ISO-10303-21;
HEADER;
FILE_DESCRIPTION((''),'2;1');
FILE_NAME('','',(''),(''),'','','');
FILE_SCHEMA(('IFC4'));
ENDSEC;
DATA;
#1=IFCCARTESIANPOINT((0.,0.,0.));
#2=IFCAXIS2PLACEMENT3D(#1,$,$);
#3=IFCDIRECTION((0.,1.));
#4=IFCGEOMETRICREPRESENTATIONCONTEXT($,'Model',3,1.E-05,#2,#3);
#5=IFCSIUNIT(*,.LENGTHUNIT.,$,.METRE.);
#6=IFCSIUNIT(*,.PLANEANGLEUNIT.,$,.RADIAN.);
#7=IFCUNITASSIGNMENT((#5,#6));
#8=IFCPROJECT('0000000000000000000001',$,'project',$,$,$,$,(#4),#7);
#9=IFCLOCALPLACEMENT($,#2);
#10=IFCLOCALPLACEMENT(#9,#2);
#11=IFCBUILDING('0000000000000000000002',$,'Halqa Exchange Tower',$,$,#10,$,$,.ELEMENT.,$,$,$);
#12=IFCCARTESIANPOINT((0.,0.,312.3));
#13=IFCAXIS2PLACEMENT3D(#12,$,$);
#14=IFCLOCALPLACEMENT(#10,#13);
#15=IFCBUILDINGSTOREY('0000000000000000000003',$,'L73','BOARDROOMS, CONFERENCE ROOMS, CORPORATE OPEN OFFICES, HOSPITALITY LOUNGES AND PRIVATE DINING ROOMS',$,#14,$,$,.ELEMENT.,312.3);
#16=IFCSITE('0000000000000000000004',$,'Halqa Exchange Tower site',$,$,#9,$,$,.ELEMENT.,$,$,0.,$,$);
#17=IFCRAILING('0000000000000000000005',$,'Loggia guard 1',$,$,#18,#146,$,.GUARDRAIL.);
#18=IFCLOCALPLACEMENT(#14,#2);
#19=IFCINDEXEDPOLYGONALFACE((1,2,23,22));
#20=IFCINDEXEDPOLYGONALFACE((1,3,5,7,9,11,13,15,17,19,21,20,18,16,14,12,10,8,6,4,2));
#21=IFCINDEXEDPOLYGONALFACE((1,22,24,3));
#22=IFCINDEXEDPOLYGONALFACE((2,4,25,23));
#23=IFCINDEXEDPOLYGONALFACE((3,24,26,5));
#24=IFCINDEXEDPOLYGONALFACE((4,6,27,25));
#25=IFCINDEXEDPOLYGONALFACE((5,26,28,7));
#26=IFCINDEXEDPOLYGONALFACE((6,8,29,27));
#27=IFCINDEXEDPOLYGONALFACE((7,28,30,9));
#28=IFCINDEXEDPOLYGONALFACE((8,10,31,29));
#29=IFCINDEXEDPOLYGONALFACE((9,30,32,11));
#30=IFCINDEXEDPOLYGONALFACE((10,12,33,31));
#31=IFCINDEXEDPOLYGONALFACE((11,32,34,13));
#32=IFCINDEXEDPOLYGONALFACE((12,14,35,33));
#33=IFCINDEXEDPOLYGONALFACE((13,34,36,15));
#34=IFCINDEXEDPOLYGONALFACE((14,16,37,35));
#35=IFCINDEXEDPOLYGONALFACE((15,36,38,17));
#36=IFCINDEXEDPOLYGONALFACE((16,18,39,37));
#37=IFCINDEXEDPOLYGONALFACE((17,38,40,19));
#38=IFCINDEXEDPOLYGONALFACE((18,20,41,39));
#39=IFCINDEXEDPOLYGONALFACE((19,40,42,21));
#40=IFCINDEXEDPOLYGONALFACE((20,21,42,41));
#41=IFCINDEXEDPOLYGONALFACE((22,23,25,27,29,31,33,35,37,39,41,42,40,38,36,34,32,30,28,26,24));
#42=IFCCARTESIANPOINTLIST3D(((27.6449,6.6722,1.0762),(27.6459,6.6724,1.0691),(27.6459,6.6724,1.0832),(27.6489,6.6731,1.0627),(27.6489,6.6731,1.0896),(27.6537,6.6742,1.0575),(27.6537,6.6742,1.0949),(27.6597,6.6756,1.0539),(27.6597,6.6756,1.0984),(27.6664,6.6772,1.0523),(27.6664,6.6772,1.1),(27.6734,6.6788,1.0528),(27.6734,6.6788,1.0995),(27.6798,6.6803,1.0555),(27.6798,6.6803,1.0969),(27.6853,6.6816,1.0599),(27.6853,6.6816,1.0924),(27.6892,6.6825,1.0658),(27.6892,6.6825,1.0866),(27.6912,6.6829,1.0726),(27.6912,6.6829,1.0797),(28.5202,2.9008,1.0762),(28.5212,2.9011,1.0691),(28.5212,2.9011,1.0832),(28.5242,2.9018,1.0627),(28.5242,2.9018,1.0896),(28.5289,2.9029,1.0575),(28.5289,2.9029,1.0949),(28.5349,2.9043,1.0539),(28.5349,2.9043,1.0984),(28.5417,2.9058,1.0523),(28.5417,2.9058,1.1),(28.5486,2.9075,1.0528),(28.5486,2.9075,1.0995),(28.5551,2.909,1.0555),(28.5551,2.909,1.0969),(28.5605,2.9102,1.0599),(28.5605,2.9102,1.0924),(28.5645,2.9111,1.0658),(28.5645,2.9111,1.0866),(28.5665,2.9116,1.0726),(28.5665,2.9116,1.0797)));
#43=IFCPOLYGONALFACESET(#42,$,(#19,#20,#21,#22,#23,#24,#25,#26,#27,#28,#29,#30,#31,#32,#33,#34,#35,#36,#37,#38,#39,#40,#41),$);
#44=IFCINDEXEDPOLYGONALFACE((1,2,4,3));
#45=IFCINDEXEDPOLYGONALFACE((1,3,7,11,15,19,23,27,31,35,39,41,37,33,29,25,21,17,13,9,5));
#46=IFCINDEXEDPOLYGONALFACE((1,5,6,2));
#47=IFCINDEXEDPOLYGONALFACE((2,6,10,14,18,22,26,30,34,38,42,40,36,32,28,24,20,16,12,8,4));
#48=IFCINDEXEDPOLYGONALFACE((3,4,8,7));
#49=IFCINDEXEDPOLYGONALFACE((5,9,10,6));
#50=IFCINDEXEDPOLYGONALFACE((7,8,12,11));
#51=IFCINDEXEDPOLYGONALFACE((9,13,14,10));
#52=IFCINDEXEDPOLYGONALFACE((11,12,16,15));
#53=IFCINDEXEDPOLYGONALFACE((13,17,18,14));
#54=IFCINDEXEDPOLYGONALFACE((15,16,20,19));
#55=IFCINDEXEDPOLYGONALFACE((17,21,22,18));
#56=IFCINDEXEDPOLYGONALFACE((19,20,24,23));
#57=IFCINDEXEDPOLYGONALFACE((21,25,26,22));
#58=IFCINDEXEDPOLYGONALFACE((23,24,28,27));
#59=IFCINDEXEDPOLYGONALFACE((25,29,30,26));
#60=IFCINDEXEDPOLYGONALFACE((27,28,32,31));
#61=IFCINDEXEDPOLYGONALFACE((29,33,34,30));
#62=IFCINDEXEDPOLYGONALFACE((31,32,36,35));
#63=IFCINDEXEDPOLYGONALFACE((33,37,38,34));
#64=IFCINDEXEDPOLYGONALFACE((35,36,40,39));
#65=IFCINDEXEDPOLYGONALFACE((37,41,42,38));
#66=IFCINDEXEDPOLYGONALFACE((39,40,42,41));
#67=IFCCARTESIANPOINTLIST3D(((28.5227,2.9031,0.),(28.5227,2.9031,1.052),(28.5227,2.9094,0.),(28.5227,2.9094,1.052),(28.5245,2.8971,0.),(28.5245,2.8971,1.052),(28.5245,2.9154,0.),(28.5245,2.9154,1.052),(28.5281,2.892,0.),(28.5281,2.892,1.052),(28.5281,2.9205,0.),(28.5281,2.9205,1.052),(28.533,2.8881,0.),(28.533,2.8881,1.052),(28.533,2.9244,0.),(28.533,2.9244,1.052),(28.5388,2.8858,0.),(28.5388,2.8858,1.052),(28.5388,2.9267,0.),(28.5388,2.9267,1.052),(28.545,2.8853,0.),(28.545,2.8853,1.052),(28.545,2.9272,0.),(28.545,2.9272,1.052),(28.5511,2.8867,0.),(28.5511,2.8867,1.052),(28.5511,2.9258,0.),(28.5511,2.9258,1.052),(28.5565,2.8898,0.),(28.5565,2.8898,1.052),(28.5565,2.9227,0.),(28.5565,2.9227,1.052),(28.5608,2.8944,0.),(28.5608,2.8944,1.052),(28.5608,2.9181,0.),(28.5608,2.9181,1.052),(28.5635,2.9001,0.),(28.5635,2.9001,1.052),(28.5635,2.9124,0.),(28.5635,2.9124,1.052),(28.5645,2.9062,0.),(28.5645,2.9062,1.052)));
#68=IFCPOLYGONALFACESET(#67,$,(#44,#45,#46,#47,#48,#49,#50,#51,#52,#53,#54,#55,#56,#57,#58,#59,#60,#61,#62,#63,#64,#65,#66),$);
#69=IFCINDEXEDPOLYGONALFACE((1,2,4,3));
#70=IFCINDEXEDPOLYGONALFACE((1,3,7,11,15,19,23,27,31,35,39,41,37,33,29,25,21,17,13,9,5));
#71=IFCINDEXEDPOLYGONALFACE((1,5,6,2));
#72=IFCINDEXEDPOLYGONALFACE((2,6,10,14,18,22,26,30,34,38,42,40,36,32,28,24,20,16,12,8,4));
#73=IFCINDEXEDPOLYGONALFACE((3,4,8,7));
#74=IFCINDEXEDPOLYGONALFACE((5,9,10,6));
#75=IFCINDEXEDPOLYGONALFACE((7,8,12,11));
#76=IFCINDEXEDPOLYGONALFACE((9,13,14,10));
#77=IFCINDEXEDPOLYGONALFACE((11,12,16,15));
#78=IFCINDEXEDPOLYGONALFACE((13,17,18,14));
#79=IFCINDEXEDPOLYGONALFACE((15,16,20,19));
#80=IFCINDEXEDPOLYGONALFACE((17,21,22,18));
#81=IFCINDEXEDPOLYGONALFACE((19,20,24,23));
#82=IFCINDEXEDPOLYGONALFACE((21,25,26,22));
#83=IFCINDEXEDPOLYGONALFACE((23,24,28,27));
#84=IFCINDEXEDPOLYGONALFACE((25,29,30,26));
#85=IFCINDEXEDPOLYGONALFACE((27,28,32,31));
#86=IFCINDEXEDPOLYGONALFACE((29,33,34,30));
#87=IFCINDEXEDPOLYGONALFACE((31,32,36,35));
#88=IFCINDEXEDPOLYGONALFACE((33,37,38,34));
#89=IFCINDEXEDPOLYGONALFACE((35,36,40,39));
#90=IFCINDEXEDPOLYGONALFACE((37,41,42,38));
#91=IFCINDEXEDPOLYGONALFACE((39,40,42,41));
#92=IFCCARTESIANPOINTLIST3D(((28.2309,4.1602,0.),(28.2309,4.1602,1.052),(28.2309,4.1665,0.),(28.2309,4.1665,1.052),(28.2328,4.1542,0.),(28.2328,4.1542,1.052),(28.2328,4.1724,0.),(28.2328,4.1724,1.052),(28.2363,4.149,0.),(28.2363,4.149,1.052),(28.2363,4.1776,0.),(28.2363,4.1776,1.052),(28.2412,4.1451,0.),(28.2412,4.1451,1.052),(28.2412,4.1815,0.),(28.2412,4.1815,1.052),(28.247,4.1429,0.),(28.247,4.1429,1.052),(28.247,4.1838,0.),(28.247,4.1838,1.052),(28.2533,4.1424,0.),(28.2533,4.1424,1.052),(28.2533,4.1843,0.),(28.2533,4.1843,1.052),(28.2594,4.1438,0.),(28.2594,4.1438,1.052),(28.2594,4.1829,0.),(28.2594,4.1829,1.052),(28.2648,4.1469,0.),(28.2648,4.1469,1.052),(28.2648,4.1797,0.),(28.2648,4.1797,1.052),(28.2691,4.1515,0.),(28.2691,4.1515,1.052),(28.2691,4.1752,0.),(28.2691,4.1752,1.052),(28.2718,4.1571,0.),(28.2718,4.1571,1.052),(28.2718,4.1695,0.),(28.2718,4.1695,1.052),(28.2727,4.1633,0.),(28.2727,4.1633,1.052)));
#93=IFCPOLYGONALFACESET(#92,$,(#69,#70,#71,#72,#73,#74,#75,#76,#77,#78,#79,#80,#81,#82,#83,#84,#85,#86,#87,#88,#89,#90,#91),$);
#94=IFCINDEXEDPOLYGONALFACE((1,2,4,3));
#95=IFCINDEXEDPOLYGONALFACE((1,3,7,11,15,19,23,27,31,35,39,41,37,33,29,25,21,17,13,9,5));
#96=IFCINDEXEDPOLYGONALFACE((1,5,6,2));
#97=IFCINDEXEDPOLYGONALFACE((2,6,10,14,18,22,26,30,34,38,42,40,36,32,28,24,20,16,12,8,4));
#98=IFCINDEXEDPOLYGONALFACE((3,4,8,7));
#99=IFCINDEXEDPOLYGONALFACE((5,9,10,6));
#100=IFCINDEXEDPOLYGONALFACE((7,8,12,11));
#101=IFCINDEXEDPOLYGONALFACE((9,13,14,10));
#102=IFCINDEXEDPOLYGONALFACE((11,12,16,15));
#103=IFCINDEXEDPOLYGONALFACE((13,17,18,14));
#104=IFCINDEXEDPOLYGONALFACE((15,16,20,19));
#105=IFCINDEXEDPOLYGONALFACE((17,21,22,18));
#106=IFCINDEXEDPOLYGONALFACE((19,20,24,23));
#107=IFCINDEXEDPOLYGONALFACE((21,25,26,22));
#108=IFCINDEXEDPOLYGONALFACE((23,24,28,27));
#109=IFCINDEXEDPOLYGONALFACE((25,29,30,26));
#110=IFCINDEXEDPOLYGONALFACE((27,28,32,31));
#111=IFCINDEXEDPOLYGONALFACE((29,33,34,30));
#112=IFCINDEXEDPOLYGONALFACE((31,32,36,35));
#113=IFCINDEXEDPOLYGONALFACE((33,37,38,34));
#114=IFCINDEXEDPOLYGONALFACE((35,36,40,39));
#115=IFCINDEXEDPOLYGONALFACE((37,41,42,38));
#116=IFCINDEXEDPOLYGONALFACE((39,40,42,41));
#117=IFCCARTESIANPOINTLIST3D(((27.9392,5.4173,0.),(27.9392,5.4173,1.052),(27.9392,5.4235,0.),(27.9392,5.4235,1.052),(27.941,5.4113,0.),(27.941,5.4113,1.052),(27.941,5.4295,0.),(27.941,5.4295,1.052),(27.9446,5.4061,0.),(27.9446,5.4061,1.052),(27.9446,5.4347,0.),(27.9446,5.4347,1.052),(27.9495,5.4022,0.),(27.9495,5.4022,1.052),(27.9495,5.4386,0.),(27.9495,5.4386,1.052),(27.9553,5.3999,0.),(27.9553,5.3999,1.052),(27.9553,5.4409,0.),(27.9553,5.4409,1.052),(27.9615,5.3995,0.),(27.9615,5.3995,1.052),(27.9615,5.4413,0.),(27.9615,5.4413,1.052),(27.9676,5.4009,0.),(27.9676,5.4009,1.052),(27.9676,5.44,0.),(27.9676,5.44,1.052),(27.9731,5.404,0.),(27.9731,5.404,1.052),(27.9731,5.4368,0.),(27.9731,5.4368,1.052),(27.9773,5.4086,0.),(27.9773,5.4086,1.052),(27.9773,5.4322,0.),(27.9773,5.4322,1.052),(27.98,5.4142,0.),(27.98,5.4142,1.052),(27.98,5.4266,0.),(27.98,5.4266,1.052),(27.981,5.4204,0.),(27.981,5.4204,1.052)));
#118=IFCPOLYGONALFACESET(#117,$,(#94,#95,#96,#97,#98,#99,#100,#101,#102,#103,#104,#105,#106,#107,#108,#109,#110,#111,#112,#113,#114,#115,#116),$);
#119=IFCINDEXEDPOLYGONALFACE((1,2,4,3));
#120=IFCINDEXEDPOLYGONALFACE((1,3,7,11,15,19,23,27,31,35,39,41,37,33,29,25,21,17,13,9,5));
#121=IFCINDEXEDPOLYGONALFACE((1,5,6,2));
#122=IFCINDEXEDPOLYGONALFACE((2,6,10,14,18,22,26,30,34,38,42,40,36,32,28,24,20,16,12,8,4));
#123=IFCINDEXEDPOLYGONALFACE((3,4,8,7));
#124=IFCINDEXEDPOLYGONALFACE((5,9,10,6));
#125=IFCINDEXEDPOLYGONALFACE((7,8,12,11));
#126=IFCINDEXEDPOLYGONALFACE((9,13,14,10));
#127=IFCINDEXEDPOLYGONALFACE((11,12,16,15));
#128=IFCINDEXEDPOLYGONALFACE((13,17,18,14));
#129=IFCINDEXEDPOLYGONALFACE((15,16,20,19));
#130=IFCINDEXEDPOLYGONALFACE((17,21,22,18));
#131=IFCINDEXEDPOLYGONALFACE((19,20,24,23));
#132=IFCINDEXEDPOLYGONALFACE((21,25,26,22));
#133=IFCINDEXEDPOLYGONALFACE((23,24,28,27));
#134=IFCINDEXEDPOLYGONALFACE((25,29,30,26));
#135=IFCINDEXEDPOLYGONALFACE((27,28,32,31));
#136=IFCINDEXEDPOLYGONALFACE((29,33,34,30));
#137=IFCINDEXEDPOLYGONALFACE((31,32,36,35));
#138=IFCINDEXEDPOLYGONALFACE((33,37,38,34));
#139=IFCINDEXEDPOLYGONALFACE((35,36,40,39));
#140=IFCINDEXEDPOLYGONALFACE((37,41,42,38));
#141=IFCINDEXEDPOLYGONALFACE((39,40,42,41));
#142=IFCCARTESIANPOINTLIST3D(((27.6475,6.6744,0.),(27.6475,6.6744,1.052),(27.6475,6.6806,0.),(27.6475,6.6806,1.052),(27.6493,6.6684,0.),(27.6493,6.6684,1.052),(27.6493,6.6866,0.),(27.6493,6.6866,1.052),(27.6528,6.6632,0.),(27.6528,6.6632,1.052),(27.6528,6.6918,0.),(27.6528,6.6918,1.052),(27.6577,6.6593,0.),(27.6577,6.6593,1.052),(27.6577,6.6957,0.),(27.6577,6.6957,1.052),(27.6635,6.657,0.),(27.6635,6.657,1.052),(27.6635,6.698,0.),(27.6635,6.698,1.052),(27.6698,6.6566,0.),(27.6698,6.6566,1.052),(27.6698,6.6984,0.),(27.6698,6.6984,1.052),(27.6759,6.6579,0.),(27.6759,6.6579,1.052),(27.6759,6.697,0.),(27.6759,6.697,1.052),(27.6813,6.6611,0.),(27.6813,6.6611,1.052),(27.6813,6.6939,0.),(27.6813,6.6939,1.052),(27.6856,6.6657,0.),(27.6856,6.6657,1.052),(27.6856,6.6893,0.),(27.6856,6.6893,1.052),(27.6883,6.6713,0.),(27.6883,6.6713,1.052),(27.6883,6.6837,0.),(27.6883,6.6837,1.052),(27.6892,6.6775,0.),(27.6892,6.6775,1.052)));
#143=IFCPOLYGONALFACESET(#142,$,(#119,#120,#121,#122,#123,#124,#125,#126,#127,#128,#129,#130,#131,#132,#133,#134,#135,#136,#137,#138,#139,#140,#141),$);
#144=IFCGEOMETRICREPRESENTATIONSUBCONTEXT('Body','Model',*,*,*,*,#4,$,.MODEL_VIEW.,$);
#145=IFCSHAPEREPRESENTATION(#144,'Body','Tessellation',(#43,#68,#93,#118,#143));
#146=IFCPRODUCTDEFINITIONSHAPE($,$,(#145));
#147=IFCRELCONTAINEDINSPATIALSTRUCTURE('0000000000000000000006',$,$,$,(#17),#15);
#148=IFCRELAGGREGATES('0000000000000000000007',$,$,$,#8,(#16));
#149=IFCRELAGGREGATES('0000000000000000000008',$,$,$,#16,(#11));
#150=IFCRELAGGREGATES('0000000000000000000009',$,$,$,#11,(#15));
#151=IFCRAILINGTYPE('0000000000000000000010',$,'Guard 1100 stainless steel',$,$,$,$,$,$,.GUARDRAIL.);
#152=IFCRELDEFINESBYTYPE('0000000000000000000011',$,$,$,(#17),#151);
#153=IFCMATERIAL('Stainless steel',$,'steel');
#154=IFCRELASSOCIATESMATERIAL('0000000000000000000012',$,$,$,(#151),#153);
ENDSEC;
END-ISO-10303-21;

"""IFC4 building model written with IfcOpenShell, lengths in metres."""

from ifc_helpers import new_model, si_unit, direction, frame, origin, origin_2d, place, context, subcontext, project, spatial, circle, extrude, material, type_object, element, save


model = new_model("IFC4")

# Units and contexts
model_context = context("Model", 3, precision=1e-05, world=origin(), true_north=direction((0.0, 1.0)))
body_context = subcontext(model_context, "Body", "Model", "MODEL_VIEW")
ifc_project = project(units=[si_unit("LENGTHUNIT", "METRE"), si_unit("PLANEANGLEUNIT", "RADIAN")], contexts=[model_context])

# Site, building, storey
site_placement = place(None, origin())
site = spatial("IfcSite", under=ifc_project, at=site_placement, Name="Halqa Exchange Tower site", CompositionType="ELEMENT", RefElevation=0.0)
building_placement = place(site_placement, origin())
building = spatial("IfcBuilding", under=site, at=building_placement, Name="Halqa Exchange Tower", CompositionType="ELEMENT")
storey_placement = place(building_placement, frame((0.0, 0.0, 312.3)))
storey = spatial("IfcBuildingStorey", under=building, at=storey_placement, Name="L73", Description="BOARDROOMS, CONFERENCE ROOMS, CORPORATE OPEN OFFICES, HOSPITALITY LOUNGES AND PRIVATE DINING ROOMS", CompositionType="ELEMENT", Elevation=312.3)

# Railing
ifc_material_1 = material(Name="Stainless steel", Category="steel")
railing_type = type_object("IfcRailingType", Name="Guard 1100 stainless steel", PredefinedType="GUARDRAIL", material=ifc_material_1)
railing_1_placement = place(storey_placement, frame((28.5435, 2.9062, 0.0)))
element("IfcRailing", 1, at=railing_1_placement, inside=storey, type_object=railing_type, Name="Loggia guard 1", PredefinedType="GUARDRAIL", context=body_context, shape_type="SweptSolid", body=[
    extrude(circle(Radius=0.0239, at=origin_2d()), frame((0.0, 0.0, 1.0762), z_axis=(-0.226075, 0.97411, 0.0), x_axis=(-0.97411, -0.226075, 0.0)), (0.0, 0.0, 1.0), 3.8716),
    extrude(circle(Radius=0.021, at=origin_2d()), origin(), (0.0, 0.0, 1.0), 1.052),
    extrude(circle(Radius=0.021, at=origin_2d()), frame((-0.2917, 1.2571, 0.0)), (0.0, 0.0, 1.0), 1.052),
    extrude(circle(Radius=0.021, at=origin_2d()), frame((-0.5835, 2.5142, 0.0)), (0.0, 0.0, 1.0), 1.052),
    extrude(circle(Radius=0.021, at=origin_2d()), frame((-0.8752, 3.7712, 0.0)), (0.0, 0.0, 1.0), 1.052),
])

save(model, "model.ifc")
